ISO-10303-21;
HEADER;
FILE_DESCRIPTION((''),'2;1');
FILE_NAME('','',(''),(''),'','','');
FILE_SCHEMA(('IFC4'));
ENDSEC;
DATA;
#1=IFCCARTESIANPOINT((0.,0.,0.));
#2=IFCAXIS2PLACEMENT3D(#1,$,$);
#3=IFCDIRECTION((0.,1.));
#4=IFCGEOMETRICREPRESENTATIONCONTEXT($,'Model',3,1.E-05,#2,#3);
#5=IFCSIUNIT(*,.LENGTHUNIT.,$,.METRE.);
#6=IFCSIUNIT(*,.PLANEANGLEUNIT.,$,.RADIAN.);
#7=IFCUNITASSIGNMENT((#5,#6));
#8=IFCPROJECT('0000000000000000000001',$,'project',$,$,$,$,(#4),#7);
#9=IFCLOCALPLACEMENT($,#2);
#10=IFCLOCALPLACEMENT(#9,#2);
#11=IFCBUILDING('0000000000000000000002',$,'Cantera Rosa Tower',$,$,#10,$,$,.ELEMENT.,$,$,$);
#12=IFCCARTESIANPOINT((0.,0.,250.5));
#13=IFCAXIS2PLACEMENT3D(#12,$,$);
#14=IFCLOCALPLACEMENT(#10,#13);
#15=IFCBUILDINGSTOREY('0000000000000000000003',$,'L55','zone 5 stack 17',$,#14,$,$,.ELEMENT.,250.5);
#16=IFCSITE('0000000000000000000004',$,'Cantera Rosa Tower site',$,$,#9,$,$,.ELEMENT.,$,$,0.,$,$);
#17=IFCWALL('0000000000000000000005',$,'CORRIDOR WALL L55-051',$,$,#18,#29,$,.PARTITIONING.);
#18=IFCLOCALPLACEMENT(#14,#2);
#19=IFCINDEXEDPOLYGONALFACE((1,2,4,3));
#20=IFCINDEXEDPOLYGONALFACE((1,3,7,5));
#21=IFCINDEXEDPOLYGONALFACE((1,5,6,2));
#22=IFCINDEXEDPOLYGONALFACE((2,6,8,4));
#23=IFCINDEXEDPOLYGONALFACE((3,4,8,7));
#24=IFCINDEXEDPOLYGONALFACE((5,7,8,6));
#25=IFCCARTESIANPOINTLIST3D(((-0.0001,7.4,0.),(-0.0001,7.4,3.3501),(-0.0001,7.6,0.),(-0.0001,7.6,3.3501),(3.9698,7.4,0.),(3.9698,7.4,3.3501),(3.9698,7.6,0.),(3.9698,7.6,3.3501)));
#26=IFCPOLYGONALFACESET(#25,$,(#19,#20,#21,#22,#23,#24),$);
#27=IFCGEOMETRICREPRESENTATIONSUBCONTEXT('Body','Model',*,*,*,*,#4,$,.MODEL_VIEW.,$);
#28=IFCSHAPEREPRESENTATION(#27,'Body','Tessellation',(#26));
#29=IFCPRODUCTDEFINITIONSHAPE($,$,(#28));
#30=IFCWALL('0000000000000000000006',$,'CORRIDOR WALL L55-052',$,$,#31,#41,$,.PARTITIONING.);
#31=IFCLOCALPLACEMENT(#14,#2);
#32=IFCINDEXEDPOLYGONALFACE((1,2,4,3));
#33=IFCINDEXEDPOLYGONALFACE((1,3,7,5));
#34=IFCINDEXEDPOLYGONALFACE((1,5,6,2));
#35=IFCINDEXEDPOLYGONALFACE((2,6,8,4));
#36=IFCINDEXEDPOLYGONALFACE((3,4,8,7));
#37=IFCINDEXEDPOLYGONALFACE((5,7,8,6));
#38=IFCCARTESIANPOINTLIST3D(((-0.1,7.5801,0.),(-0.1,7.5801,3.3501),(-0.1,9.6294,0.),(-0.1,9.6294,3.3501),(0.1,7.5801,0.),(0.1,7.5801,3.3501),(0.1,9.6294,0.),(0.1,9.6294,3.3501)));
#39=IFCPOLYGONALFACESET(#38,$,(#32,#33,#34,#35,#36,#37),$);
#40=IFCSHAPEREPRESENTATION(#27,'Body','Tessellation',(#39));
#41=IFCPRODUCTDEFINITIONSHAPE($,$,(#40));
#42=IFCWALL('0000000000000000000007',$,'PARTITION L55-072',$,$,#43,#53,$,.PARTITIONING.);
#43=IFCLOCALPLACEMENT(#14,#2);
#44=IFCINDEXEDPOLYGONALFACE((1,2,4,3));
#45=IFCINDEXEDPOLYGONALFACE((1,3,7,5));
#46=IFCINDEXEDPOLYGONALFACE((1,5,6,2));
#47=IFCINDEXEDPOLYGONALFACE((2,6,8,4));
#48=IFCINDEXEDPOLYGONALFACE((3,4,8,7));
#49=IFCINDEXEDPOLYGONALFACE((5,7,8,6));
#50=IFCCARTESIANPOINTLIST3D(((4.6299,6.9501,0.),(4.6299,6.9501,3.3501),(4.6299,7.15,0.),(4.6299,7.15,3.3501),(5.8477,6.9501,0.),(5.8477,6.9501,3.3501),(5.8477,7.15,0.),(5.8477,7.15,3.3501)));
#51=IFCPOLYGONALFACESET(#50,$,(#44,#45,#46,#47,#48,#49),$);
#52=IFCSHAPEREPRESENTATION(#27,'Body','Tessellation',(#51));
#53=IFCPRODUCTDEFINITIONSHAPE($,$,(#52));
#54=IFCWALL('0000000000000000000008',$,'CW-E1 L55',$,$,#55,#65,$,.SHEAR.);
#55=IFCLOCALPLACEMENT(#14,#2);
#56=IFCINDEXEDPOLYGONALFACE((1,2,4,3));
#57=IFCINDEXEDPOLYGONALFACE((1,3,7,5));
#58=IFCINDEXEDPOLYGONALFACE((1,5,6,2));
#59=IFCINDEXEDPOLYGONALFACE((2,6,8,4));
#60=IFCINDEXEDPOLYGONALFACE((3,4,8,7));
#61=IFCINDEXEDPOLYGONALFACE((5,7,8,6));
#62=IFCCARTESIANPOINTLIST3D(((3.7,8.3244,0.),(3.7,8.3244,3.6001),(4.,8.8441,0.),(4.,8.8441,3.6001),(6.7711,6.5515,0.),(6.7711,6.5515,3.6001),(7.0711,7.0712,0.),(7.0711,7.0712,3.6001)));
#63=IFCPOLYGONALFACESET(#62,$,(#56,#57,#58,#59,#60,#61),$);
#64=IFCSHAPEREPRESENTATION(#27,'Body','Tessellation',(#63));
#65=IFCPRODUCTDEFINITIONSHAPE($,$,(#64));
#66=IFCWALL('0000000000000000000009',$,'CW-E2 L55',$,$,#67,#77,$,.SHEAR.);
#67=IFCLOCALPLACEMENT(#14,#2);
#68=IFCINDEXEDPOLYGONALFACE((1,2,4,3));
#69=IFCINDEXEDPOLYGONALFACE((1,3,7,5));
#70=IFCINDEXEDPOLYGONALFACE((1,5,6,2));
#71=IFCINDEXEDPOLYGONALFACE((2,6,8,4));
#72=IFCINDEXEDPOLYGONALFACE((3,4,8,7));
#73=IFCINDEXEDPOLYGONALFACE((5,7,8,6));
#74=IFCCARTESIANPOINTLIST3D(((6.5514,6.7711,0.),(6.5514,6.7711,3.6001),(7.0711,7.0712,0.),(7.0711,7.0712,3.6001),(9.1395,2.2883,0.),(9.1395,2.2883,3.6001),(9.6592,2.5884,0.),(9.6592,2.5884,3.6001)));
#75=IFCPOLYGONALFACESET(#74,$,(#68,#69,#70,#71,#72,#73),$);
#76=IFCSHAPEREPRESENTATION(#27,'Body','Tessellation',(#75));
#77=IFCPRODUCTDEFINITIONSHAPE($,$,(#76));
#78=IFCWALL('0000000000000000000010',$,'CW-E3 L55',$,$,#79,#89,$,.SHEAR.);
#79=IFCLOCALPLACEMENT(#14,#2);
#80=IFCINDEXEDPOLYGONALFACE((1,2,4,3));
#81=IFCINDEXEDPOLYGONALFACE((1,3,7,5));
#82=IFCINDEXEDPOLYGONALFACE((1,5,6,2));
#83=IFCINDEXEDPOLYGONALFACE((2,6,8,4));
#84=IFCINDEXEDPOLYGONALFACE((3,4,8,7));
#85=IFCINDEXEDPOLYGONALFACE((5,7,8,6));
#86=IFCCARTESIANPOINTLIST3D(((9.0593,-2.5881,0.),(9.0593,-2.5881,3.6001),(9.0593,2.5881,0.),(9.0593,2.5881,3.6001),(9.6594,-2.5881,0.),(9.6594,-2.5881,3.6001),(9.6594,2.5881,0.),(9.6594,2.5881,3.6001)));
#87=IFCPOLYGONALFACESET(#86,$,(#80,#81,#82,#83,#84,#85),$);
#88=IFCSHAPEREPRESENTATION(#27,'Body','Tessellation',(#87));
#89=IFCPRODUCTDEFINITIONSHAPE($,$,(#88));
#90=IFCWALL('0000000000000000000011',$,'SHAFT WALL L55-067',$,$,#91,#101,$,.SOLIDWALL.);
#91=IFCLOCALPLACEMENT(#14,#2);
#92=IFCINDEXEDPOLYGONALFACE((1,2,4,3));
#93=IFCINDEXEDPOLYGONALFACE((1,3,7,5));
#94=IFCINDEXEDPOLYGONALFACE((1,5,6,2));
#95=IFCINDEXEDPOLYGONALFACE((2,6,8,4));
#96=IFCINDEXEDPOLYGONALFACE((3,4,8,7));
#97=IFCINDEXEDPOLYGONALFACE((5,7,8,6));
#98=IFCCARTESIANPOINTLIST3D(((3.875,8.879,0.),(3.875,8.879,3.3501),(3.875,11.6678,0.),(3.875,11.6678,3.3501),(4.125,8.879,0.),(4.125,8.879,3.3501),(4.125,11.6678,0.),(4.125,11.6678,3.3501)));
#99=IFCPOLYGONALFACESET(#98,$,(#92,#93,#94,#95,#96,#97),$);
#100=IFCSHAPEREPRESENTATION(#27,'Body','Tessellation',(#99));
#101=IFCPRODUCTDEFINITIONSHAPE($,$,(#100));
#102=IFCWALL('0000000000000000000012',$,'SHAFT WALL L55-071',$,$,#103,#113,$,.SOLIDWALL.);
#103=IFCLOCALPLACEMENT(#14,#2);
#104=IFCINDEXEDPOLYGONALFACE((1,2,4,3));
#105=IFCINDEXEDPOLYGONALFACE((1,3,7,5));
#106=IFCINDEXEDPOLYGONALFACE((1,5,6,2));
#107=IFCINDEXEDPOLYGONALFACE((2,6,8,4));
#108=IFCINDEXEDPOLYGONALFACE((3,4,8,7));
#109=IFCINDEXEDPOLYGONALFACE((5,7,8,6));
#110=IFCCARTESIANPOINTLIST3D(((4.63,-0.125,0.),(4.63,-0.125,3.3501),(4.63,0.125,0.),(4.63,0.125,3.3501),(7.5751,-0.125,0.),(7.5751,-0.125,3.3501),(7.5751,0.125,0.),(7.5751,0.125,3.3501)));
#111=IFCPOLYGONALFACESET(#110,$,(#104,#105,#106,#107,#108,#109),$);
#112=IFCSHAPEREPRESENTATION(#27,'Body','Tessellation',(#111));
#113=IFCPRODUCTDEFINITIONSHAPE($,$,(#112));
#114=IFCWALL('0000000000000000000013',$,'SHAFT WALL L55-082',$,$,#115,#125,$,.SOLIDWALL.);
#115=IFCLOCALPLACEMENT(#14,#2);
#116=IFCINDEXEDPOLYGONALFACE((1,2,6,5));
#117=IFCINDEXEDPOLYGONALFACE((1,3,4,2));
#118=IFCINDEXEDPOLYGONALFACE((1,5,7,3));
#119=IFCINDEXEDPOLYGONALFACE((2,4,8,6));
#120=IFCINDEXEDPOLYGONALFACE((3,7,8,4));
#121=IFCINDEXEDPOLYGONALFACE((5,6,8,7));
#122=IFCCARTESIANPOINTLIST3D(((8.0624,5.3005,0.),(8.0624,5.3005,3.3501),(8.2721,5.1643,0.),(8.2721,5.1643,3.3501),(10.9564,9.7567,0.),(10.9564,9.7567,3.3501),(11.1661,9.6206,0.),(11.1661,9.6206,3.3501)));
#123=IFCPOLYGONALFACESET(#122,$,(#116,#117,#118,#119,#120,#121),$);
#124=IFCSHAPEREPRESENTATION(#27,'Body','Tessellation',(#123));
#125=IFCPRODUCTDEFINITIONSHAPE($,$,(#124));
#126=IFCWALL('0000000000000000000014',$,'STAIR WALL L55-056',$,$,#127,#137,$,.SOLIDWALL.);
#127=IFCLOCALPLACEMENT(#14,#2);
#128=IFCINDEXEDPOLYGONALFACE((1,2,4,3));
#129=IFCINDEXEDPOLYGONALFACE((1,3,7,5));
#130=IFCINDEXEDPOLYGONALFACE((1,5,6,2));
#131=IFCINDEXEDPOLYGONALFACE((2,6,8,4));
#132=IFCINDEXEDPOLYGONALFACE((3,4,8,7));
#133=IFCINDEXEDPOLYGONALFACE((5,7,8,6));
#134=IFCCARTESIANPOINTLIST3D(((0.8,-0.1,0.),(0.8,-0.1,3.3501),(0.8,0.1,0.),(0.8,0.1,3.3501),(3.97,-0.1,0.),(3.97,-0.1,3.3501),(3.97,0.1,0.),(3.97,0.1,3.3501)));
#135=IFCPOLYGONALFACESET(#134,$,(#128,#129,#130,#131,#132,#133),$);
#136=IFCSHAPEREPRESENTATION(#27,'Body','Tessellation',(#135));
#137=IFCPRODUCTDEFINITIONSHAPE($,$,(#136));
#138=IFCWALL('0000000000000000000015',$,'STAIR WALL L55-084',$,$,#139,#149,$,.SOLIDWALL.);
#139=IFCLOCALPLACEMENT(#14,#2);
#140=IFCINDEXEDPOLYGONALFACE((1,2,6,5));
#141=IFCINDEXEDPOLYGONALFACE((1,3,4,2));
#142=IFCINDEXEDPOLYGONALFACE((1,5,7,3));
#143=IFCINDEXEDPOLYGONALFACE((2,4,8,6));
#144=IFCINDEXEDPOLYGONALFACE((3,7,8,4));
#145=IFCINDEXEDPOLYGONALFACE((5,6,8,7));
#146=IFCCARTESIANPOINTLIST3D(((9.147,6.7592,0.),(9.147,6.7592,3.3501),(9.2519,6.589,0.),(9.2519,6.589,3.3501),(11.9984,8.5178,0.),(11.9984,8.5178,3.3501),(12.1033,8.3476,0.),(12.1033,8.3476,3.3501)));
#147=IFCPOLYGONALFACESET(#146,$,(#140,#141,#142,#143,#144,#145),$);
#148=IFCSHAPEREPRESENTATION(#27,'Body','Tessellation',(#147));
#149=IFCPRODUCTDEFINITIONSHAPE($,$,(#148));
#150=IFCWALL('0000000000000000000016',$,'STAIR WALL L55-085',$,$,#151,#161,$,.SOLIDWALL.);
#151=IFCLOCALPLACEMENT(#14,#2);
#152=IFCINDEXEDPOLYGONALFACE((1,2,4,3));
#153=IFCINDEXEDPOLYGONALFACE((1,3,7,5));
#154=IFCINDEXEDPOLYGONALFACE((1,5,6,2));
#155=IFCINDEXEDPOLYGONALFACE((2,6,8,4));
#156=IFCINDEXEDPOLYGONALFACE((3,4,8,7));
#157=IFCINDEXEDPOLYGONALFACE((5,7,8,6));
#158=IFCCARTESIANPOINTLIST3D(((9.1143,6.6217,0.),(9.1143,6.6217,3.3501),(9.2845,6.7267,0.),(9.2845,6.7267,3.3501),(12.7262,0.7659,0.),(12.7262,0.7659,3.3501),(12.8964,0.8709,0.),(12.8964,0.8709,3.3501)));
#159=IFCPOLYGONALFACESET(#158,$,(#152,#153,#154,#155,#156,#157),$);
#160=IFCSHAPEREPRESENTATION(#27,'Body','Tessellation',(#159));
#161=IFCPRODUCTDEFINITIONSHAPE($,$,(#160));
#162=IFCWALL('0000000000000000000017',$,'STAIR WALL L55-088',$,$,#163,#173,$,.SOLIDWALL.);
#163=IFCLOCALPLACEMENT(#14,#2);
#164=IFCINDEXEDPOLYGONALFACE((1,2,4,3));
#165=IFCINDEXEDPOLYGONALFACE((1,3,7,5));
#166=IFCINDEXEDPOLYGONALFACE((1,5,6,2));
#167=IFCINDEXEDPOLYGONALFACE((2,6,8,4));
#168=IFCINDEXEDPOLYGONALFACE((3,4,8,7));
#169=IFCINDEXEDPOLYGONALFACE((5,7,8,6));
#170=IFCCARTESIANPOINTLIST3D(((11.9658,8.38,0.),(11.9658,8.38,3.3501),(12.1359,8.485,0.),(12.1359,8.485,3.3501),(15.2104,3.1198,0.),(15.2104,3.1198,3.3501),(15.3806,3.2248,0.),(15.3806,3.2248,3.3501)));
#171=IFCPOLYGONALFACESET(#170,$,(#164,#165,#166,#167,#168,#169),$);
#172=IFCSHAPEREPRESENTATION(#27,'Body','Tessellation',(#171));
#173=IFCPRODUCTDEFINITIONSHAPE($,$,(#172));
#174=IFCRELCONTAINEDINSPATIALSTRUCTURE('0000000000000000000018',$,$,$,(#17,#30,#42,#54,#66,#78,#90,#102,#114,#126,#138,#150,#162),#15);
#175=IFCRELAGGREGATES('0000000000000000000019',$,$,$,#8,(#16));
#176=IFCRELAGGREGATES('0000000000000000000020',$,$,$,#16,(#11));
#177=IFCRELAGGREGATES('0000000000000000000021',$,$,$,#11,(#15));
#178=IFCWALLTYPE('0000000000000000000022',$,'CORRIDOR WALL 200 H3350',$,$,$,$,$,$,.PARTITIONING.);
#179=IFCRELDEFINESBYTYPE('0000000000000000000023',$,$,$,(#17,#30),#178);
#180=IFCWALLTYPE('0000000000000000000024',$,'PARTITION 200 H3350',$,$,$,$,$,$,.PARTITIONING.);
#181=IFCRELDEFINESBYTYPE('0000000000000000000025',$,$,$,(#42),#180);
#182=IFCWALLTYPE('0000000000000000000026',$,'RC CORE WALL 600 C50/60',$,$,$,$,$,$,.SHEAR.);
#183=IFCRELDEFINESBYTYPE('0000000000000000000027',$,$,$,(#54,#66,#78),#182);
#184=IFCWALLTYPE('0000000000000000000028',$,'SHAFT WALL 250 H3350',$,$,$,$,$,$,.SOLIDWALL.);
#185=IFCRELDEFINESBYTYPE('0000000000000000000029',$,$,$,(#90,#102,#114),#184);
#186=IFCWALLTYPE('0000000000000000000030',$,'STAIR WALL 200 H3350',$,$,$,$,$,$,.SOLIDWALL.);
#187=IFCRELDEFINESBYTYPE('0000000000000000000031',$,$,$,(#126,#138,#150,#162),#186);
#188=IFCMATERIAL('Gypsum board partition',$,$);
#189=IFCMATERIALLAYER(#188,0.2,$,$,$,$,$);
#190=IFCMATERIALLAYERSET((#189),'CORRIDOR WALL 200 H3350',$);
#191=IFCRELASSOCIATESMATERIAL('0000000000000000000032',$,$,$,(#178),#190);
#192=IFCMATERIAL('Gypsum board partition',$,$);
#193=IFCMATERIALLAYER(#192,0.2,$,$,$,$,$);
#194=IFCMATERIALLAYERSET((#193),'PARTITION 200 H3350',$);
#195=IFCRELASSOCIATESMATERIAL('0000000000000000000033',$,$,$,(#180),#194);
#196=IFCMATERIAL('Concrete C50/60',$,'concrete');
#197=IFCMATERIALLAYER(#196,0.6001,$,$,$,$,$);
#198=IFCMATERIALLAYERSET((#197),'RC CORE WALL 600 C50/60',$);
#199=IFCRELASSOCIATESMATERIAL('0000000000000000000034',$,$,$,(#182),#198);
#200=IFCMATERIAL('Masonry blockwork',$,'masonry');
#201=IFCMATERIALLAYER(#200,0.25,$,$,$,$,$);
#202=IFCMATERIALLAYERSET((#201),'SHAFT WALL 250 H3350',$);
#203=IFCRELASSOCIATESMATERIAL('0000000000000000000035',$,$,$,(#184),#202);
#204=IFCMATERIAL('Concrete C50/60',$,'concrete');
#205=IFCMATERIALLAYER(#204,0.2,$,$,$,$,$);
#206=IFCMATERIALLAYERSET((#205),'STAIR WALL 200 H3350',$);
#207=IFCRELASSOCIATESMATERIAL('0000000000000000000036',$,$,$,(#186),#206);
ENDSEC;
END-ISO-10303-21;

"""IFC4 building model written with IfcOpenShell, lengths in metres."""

from ifc_helpers import new_model, si_unit, direction, frame, frame_2d, origin, place, context, subcontext, project, spatial, rectangle, extrude, material, layer, layer_set, type_object, element, save


model = new_model("IFC4")

# Units and contexts
model_context = context("Model", 3, precision=1e-05, world=origin(), true_north=direction((0.0, 1.0)))
body_context = subcontext(model_context, "Body", "Model", "MODEL_VIEW")
ifc_project = project(units=[si_unit("LENGTHUNIT", "METRE"), si_unit("PLANEANGLEUNIT", "RADIAN")], contexts=[model_context])

# Site, building, storey
site_placement = place(None, origin())
site = spatial("IfcSite", under=ifc_project, at=site_placement, Name="Cantera Rosa Tower site", CompositionType="ELEMENT", RefElevation=0.0)
building_placement = place(site_placement, origin())
building = spatial("IfcBuilding", under=site, at=building_placement, Name="Cantera Rosa Tower", CompositionType="ELEMENT")
storey_placement = place(building_placement, frame((0.0, 0.0, 250.5)))
storey = spatial("IfcBuildingStorey", under=building, at=storey_placement, Name="L55", Description="zone 5 stack 17", CompositionType="ELEMENT", Elevation=250.5)

# Walls
ifc_material_1 = material(Name="Gypsum board partition")
ifc_layer_1 = layer(ifc_material_1, 0.2)
ifc_layer_set_1 = layer_set([ifc_layer_1], Name="CORRIDOR WALL 200 H3350")
wall_type_1 = type_object("IfcWallType", Name="CORRIDOR WALL 200 H3350", PredefinedType="PARTITIONING", material=ifc_layer_set_1)
wall_1_placement = place(storey_placement, frame((0.0, 7.5, 0.0), z_axis=(0.0, 0.0, 1.0), x_axis=(1.0, 0.0, 0.0)))
element("IfcWall", 1, at=wall_1_placement, inside=storey, type_object=wall_type_1, Name="CORRIDOR WALL L55-051", PredefinedType="PARTITIONING", context=body_context, shape_type="SweptSolid", body=[
    extrude(rectangle(XDim=3.97, YDim=0.2, at=frame_2d((1.9849, 0.0))), origin(), (0.0, 0.0, 1.0), 3.3501),
])
wall_2_placement = place(storey_placement, frame((0.0, 9.6294, 0.0), z_axis=(0.0, 0.0, 1.0), x_axis=(0.0, -1.0, 0.0)))
element("IfcWall", 2, at=wall_2_placement, inside=storey, type_object=wall_type_1, Name="CORRIDOR WALL L55-052", PredefinedType="PARTITIONING", context=body_context, shape_type="SweptSolid", body=[
    extrude(rectangle(XDim=2.0493, YDim=0.2, at=frame_2d((1.0247, 0.0))), origin(), (0.0, 0.0, 1.0), 3.3501),
])
ifc_material_2 = material(Name="Gypsum board partition")
ifc_layer_2 = layer(ifc_material_2, 0.2)
ifc_layer_set_2 = layer_set([ifc_layer_2], Name="PARTITION 200 H3350")
wall_type_2 = type_object("IfcWallType", Name="PARTITION 200 H3350", PredefinedType="PARTITIONING", material=ifc_layer_set_2)
wall_3_placement = place(storey_placement, frame((4.6299, 7.05, 0.0), z_axis=(0.0, 0.0, 1.0), x_axis=(1.0, 0.0, 0.0)))
element("IfcWall", 3, at=wall_3_placement, inside=storey, type_object=wall_type_2, Name="PARTITION L55-072", PredefinedType="PARTITIONING", context=body_context, shape_type="SweptSolid", body=[
    extrude(rectangle(XDim=1.2178, YDim=0.2, at=frame_2d((0.6089, 0.0))), origin(), (0.0, 0.0, 1.0), 3.3501),
])
ifc_material_3 = material(Name="Concrete C50/60", Category="concrete")
ifc_layer_3 = layer(ifc_material_3, 0.6001)
ifc_layer_set_3 = layer_set([ifc_layer_3], Name="RC CORE WALL 600 C50/60")
wall_type_3 = type_object("IfcWallType", Name="RC CORE WALL 600 C50/60", PredefinedType="SHEAR", material=ifc_layer_set_3)
wall_4_placement = place(storey_placement, frame((3.8501, 8.5842, 0.0), z_axis=(0.0, 0.0, 1.0), x_axis=(0.86604, -0.499975, 0.0)))
element("IfcWall", 4, at=wall_4_placement, inside=storey, type_object=wall_type_3, Name="CW-E1 L55", PredefinedType="SHEAR", context=body_context, shape_type="SweptSolid", body=[
    extrude(rectangle(XDim=3.5461, YDim=0.6001, at=frame_2d((1.7729, 0.0))), origin(), (0.0, 0.0, 1.0), 3.6001),
])
for number, where, z_axis, x_axis, name in (
    (5, (6.8113, 6.9211, 0.0), (0.0, 0.0, 1.0), (0.499989, -0.866032, 0.0), "CW-E2 L55"),
    (6, (9.3594, 2.5881, 0.0), (0.0, 0.0, 1.0), (0.0, -1.0, 0.0), "CW-E3 L55"),
):
    element("IfcWall", number, at=place(storey_placement, frame(where, z_axis=z_axis, x_axis=x_axis)), inside=storey, type_object=wall_type_3, Name=name, PredefinedType="SHEAR", context=body_context, shape_type="SweptSolid", body=[
        extrude(rectangle(XDim=5.1763, YDim=0.6001, at=frame_2d((2.5881, 0.0))), origin(), (0.0, 0.0, 1.0), 3.6001),
    ])
ifc_material_4 = material(Name="Masonry blockwork", Category="masonry")
ifc_layer_4 = layer(ifc_material_4, 0.25)
ifc_layer_set_4 = layer_set([ifc_layer_4], Name="SHAFT WALL 250 H3350")
wall_type_4 = type_object("IfcWallType", Name="SHAFT WALL 250 H3350", PredefinedType="SOLIDWALL", material=ifc_layer_set_4)
wall_5_placement = place(storey_placement, frame((4.0, 8.8789, 0.0), z_axis=(0.0, 0.0, 1.0), x_axis=(0.0, 1.0, 0.0)))
element("IfcWall", 7, at=wall_5_placement, inside=storey, type_object=wall_type_4, Name="SHAFT WALL L55-067", PredefinedType="SOLIDWALL", context=body_context, shape_type="SweptSolid", body=[
    extrude(rectangle(XDim=2.7888, YDim=0.25, at=frame_2d((1.3945, 0.0))), origin(), (0.0, 0.0, 1.0), 3.3501),
])
wall_6_placement = place(storey_placement, frame((4.6299, 0.0, 0.0), z_axis=(0.0, 0.0, 1.0), x_axis=(1.0, 0.0, 0.0)))
element("IfcWall", 8, at=wall_6_placement, inside=storey, type_object=wall_type_4, Name="SHAFT WALL L55-071", PredefinedType="SOLIDWALL", context=body_context, shape_type="SweptSolid", body=[
    extrude(rectangle(XDim=2.9451, YDim=0.25, at=frame_2d((1.4727, 0.0))), origin(), (0.0, 0.0, 1.0), 3.3501),
])
wall_7_placement = place(storey_placement, frame((8.1672, 5.2324, 0.0), z_axis=(0.0, 0.0, 1.0), x_axis=(0.544651, 0.838663, 0.0)))
element("IfcWall", 9, at=wall_7_placement, inside=storey, type_object=wall_type_4, Name="SHAFT WALL L55-082", PredefinedType="SOLIDWALL", context=body_context, shape_type="SweptSolid", body=[
    extrude(rectangle(XDim=5.3135, YDim=0.25, at=frame_2d((2.6567, 0.0))), origin(), (0.0, 0.0, 1.0), 3.3501),
])
ifc_material_5 = material(Name="Concrete C50/60", Category="concrete")
ifc_layer_5 = layer(ifc_material_5, 0.2)
ifc_layer_set_5 = layer_set([ifc_layer_5], Name="STAIR WALL 200 H3350")
wall_type_5 = type_object("IfcWallType", Name="STAIR WALL 200 H3350", PredefinedType="SOLIDWALL", material=ifc_layer_set_5)
wall_8_placement = place(storey_placement, frame((0.8, 0.0, 0.0), z_axis=(0.0, 0.0, 1.0), x_axis=(1.0, 0.0, 0.0)))
element("IfcWall", 10, at=wall_8_placement, inside=storey, type_object=wall_type_5, Name="STAIR WALL L55-056", PredefinedType="SOLIDWALL", context=body_context, shape_type="SweptSolid", body=[
    extrude(rectangle(XDim=3.1699, YDim=0.2, at=frame_2d((1.585, 0.0))), origin(), (0.0, 0.0, 1.0), 3.3501),
])
wall_9_placement = place(storey_placement, frame((9.1995, 6.6741, 0.0), z_axis=(0.0, 0.0, 1.0), x_axis=(0.85114, 0.524939, 0.0)))
element("IfcWall", 11, at=wall_9_placement, inside=storey, type_object=wall_type_5, Name="STAIR WALL L55-084", PredefinedType="SOLIDWALL", context=body_context, shape_type="SweptSolid", body=[
    extrude(rectangle(XDim=3.3501, YDim=0.2, at=frame_2d((1.675, 0.0))), origin(), (0.0, 0.0, 1.0), 3.3501),
])
wall_10_placement = place(storey_placement, frame((9.1995, 6.6741, 0.0), z_axis=(0.0, 0.0, 1.0), x_axis=(0.524972, -0.851119, 0.0)))
element("IfcWall", 12, at=wall_10_placement, inside=storey, type_object=wall_type_5, Name="STAIR WALL L55-085", PredefinedType="SOLIDWALL", context=body_context, shape_type="SweptSolid", body=[
    extrude(rectangle(XDim=6.8801, YDim=0.2, at=frame_2d((3.4399, 0.0))), origin(), (0.0, 0.0, 1.0), 3.3501),
])
wall_11_placement = place(storey_placement, frame((12.0508, 8.4326, 0.0), z_axis=(0.0, 0.0, 1.0), x_axis=(0.524983, -0.851113, 0.0)))
element("IfcWall", 13, at=wall_11_placement, inside=storey, type_object=wall_type_5, Name="STAIR WALL L55-088", PredefinedType="SOLIDWALL", context=body_context, shape_type="SweptSolid", body=[
    extrude(rectangle(XDim=6.1804, YDim=0.2, at=frame_2d((3.0903, 0.0))), origin(), (0.0, 0.0, 1.0), 3.3501),
])

save(model, "model.ifc")
